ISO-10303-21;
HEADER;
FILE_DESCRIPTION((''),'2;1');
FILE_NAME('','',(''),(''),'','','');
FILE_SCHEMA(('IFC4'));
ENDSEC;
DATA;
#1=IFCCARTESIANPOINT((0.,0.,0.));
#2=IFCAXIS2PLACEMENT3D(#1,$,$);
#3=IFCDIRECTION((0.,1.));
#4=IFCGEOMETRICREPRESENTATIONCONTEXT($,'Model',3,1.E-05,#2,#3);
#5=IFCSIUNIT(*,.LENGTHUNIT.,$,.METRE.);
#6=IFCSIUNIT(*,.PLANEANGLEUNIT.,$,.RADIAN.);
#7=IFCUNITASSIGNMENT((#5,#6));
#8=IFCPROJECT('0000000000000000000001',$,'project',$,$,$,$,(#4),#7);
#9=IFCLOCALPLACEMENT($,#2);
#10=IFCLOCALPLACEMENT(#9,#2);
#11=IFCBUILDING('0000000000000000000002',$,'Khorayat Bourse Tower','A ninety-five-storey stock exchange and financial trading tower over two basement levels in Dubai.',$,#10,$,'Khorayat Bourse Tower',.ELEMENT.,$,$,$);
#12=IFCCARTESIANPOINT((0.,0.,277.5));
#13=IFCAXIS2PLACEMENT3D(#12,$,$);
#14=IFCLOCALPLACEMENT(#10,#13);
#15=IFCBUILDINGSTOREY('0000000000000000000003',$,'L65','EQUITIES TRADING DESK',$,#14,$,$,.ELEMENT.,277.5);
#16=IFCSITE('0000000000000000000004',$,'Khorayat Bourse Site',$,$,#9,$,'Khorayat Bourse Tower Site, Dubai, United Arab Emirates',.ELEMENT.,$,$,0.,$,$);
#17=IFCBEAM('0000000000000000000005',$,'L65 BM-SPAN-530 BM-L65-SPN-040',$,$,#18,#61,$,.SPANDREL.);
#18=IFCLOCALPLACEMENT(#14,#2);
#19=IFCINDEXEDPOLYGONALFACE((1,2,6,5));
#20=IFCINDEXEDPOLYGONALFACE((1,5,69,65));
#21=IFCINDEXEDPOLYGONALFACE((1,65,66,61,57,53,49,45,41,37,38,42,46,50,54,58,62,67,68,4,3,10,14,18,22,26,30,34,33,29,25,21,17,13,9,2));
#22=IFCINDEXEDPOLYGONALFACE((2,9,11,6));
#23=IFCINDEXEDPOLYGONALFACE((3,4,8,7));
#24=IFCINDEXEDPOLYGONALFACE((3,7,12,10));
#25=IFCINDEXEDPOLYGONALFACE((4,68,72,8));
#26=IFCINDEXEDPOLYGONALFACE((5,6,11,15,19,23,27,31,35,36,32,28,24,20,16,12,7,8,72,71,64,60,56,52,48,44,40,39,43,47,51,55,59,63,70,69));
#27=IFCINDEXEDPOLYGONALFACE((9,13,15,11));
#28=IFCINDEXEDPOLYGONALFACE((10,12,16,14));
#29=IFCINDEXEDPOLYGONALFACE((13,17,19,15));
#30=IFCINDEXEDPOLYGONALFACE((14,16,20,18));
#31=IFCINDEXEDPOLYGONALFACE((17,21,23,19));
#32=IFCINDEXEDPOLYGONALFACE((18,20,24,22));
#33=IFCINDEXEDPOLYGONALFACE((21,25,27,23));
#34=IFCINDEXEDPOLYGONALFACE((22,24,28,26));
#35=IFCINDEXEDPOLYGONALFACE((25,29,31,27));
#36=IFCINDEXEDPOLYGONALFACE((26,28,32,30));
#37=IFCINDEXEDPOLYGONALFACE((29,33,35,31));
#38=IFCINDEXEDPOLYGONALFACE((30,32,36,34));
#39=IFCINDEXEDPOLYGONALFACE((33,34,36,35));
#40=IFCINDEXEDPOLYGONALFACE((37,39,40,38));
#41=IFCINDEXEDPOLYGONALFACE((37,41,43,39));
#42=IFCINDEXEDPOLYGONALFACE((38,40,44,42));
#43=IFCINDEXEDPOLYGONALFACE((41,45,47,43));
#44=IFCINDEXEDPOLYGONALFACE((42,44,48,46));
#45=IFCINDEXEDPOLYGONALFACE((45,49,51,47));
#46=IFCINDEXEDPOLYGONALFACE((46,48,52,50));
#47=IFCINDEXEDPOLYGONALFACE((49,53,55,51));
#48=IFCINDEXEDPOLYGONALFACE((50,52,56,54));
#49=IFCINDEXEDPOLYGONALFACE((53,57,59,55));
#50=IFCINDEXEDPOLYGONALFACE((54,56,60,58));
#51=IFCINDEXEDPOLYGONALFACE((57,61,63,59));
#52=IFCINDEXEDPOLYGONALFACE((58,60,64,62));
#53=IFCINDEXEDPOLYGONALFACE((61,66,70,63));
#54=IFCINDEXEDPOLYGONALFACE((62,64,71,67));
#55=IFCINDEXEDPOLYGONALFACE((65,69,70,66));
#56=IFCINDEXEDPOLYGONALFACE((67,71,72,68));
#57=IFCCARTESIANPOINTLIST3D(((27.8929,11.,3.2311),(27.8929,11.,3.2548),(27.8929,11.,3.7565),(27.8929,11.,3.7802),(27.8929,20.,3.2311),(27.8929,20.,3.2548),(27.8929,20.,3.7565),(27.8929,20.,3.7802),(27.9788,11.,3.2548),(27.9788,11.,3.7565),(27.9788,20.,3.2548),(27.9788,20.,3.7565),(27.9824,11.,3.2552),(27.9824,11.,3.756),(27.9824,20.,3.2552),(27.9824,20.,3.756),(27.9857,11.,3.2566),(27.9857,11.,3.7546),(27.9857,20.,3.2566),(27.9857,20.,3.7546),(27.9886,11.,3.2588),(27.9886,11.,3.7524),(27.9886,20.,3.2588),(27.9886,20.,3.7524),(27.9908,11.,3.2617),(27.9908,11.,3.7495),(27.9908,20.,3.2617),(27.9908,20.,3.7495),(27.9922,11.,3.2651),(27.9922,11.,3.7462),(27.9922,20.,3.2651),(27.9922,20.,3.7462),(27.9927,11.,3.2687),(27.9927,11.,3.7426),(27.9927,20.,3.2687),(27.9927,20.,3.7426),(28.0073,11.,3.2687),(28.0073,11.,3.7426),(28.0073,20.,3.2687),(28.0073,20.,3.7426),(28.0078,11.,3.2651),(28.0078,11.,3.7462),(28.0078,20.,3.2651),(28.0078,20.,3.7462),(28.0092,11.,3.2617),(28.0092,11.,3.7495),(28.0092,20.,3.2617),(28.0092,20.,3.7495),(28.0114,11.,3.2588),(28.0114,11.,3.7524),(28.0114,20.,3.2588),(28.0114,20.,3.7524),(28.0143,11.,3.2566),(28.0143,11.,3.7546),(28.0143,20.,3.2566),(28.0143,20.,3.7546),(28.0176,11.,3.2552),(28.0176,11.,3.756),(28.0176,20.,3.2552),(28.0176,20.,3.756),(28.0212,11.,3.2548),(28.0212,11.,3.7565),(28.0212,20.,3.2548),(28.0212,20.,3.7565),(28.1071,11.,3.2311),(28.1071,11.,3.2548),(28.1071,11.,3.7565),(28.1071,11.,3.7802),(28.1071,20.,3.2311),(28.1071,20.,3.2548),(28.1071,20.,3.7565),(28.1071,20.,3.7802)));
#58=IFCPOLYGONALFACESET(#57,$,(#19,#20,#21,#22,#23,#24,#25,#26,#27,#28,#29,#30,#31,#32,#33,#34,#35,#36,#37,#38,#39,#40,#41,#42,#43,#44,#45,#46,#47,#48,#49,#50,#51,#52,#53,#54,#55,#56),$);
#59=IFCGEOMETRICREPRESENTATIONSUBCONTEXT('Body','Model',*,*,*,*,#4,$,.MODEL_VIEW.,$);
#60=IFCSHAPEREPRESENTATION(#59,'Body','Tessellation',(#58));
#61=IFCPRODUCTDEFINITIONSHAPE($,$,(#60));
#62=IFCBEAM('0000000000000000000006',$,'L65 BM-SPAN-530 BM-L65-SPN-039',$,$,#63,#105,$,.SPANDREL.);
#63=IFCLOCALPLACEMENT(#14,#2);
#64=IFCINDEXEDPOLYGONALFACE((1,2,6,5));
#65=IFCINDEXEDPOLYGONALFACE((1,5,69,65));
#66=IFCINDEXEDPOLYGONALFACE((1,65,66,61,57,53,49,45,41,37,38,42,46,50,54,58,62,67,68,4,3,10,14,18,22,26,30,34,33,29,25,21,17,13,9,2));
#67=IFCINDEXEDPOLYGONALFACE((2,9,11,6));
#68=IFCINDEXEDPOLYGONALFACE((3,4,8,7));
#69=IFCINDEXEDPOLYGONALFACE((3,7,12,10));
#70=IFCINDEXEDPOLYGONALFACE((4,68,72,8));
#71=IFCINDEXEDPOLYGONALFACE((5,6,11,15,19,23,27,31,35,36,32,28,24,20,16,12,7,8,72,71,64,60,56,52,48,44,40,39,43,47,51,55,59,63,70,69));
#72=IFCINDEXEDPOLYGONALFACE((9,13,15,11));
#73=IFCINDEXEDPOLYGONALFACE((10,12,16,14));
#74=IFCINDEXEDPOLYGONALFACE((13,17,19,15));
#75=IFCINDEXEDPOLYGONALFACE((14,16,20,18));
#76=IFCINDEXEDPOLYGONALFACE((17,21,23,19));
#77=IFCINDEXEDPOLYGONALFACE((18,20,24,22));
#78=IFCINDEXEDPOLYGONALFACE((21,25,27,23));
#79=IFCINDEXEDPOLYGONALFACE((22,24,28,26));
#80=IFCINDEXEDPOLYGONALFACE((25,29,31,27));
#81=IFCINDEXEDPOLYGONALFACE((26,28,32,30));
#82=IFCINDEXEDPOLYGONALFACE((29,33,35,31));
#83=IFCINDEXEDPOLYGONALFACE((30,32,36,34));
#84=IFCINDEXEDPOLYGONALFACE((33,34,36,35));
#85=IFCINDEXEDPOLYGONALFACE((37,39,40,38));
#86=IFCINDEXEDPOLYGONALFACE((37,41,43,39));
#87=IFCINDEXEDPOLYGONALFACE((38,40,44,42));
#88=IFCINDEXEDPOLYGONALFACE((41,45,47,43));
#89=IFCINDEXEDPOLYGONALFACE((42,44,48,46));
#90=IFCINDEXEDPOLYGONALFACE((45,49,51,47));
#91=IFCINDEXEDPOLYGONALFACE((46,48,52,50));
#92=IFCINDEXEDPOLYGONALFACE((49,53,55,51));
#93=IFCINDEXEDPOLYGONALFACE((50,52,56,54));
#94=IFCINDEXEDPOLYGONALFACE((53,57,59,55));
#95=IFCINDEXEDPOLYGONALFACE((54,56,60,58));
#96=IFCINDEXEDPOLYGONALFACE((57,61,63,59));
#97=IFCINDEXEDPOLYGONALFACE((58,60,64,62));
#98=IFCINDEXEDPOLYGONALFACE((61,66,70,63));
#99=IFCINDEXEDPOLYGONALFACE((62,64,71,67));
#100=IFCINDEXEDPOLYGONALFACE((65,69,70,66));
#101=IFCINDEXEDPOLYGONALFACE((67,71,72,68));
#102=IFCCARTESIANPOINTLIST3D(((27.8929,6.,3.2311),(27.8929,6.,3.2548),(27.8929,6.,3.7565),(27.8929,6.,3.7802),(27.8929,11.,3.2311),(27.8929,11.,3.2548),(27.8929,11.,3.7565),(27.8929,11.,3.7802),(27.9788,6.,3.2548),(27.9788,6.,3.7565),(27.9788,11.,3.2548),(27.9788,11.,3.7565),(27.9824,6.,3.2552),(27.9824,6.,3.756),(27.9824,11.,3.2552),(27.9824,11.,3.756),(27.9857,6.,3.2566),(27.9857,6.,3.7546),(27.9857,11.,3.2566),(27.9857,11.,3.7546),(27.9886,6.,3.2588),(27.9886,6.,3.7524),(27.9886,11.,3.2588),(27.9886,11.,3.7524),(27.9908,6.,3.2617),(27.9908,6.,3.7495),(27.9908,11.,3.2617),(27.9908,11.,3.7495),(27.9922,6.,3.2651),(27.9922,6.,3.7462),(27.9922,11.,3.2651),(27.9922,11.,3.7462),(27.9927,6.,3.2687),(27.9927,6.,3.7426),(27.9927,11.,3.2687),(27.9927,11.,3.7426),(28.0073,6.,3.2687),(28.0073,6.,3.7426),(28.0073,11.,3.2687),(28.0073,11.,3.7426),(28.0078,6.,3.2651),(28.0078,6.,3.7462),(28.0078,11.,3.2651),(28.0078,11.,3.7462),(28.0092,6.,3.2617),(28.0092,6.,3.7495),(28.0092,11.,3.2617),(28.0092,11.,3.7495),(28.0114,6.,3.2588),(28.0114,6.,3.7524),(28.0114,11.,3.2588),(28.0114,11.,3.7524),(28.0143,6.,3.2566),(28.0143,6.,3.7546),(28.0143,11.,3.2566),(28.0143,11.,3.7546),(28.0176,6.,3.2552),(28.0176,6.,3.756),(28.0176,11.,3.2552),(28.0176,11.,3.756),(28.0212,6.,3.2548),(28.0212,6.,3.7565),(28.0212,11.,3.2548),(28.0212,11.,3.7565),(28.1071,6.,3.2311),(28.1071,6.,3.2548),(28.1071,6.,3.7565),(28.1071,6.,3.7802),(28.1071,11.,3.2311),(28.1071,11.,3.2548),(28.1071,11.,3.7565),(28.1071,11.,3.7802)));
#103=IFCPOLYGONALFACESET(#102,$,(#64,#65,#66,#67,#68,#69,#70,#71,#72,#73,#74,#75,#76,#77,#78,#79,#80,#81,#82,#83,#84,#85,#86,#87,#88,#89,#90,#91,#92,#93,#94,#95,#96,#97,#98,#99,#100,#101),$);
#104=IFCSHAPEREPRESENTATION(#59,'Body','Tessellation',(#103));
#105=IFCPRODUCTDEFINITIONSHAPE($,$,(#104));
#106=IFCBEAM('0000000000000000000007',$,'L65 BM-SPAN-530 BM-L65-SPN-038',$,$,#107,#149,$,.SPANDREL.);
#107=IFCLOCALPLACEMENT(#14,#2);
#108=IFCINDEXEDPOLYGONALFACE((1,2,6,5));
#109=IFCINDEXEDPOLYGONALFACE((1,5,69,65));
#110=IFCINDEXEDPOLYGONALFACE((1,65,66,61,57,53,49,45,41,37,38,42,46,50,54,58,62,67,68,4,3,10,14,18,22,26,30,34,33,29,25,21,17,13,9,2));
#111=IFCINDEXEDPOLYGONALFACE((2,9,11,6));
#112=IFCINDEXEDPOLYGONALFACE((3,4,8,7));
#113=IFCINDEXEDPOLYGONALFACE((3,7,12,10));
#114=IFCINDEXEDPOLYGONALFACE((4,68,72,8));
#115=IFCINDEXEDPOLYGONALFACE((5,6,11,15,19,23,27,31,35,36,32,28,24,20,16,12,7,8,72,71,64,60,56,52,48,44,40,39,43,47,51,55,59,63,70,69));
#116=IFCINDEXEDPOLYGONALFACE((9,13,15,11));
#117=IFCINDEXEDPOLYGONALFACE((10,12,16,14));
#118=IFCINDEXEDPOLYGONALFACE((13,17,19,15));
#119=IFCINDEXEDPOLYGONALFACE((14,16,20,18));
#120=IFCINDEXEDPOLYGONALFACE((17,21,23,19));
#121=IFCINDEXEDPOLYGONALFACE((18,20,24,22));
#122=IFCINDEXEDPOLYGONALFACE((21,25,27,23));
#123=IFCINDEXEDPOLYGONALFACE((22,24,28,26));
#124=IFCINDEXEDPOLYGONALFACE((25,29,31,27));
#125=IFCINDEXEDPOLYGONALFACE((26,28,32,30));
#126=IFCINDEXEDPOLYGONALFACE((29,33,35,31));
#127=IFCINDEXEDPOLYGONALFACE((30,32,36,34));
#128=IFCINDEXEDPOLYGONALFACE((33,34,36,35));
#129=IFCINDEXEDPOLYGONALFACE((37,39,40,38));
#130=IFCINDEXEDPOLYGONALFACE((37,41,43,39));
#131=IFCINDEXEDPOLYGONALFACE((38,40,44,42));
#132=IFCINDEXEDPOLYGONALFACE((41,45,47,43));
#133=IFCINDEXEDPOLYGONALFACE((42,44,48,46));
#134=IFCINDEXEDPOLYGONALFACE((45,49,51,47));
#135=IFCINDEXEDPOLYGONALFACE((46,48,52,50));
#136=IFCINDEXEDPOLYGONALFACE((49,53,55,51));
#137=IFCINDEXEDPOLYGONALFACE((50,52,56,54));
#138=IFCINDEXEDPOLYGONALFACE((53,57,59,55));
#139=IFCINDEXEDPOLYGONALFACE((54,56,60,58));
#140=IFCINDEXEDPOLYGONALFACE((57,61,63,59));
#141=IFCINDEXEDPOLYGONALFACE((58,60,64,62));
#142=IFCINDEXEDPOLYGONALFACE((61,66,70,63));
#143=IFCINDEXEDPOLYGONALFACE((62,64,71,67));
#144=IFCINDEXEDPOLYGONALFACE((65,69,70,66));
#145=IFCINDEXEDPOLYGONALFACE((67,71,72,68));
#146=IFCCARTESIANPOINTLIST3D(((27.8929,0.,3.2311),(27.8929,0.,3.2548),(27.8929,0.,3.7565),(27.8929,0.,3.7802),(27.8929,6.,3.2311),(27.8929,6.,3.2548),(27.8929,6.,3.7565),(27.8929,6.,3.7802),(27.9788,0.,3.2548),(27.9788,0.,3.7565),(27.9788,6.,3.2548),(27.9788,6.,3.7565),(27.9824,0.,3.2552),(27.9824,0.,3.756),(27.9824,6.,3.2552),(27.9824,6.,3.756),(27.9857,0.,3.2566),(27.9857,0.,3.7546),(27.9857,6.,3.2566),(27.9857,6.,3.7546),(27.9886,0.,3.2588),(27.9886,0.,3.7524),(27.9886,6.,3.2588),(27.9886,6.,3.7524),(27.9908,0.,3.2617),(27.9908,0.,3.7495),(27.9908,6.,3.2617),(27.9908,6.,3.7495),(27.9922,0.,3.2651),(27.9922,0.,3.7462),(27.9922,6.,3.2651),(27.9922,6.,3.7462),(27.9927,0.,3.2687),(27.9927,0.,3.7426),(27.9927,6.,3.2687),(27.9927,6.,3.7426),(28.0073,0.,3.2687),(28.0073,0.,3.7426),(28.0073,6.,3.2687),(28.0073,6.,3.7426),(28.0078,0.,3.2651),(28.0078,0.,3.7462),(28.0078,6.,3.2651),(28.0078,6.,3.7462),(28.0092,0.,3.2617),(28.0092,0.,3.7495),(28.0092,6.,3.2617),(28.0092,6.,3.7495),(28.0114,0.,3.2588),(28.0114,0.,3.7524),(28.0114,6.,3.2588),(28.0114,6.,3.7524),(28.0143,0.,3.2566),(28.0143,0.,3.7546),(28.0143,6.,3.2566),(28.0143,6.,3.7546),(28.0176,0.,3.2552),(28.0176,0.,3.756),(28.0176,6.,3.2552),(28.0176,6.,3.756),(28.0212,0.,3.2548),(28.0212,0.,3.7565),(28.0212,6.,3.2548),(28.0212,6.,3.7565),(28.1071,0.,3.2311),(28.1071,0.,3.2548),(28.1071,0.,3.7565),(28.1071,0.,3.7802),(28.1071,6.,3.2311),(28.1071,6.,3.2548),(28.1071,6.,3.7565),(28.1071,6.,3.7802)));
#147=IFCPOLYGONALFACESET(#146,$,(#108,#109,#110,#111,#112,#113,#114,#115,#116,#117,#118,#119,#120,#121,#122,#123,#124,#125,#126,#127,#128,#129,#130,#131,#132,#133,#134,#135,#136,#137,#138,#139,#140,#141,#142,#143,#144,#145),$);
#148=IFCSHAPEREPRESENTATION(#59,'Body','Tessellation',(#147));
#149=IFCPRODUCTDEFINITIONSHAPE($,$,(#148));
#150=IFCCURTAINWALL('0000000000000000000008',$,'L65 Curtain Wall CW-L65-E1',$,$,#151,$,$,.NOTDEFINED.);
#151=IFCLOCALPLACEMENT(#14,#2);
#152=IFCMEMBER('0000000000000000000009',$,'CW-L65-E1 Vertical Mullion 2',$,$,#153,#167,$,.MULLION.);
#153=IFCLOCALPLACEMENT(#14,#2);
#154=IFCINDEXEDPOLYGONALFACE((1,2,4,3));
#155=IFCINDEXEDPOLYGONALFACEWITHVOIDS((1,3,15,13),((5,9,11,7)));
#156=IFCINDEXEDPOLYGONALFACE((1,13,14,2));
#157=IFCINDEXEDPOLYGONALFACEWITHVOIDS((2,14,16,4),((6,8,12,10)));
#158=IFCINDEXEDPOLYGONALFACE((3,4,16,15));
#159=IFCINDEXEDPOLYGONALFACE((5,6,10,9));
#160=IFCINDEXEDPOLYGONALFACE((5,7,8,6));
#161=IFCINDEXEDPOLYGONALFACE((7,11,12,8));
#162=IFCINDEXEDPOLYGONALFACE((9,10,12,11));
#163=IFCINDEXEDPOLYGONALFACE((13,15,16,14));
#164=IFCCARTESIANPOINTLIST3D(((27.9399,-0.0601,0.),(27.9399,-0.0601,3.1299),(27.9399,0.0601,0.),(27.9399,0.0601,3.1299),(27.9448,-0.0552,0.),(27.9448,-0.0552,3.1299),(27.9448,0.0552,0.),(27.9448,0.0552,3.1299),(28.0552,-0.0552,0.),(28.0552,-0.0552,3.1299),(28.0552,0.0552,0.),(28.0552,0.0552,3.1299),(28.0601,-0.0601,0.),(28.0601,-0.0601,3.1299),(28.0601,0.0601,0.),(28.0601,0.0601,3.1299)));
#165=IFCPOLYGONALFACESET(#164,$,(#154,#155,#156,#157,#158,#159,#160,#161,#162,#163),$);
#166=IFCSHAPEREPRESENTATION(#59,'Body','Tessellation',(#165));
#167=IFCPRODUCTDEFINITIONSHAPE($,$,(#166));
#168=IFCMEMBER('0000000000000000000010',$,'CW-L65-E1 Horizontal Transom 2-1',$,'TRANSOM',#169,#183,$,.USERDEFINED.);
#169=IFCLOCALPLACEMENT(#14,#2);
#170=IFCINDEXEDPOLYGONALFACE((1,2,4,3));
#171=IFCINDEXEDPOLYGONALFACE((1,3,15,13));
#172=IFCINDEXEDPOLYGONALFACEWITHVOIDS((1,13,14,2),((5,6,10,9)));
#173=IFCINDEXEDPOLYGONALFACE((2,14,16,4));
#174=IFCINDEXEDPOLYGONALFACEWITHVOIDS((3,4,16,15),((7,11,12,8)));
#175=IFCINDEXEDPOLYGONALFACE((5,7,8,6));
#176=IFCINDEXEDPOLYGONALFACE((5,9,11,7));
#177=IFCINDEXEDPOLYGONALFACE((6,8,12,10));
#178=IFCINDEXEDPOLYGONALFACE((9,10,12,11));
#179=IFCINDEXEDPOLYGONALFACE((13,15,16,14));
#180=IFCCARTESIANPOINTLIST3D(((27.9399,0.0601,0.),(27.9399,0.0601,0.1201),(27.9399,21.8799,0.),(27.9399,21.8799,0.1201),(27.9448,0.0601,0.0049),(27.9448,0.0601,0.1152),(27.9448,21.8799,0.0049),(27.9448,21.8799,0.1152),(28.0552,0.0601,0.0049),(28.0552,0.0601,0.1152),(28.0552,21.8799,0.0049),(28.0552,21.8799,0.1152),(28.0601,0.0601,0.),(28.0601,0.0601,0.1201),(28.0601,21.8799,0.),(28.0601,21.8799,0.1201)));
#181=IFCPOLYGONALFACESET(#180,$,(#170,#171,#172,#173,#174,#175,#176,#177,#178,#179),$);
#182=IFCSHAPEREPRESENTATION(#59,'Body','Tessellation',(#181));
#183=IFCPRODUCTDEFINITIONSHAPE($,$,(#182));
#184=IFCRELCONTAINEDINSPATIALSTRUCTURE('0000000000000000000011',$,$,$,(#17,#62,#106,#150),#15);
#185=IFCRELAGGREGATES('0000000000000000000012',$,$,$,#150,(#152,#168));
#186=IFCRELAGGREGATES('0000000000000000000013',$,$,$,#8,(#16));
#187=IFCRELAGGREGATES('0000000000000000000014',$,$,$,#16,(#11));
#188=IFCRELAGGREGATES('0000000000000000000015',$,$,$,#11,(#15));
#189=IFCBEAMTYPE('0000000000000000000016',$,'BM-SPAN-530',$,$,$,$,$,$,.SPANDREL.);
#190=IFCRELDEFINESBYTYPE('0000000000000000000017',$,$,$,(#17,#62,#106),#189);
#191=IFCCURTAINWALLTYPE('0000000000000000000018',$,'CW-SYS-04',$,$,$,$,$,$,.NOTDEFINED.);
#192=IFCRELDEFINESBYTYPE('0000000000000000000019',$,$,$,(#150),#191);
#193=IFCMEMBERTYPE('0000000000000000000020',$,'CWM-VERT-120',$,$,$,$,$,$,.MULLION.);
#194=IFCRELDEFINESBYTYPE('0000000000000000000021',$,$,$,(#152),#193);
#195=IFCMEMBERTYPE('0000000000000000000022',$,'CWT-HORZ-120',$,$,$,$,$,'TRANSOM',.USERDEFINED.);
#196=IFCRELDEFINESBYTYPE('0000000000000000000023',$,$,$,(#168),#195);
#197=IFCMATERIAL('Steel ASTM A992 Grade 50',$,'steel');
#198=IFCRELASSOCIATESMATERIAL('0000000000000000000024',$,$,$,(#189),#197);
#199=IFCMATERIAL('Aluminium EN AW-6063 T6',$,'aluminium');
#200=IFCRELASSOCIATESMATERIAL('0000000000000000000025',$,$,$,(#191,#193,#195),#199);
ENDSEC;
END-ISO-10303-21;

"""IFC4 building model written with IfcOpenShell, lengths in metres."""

from ifc_helpers import new_model, si_unit, direction, frame, origin, origin_2d, place, context, subcontext, project, spatial, hollow_rectangle, i_section, extrude, source, transform, mapped, material, material_profile, profile_set, type_object, element, aggregate, save


model = new_model("IFC4")

# Units and contexts
model_context = context("Model", 3, precision=1e-05, world=origin(), true_north=direction((0.0, 1.0)))
body_context = subcontext(model_context, "Body", "Model", "MODEL_VIEW")
ifc_project = project(units=[si_unit("LENGTHUNIT", "METRE"), si_unit("PLANEANGLEUNIT", "RADIAN")], contexts=[model_context])

# Site, building, storey
site_placement = place(None, origin())
site = spatial("IfcSite", under=ifc_project, at=site_placement, Name="Khorayat Bourse Site", LongName="Khorayat Bourse Tower Site, Dubai, United Arab Emirates", CompositionType="ELEMENT", RefElevation=0.0)
building_placement = place(site_placement, origin())
building = spatial("IfcBuilding", under=site, at=building_placement, Name="Khorayat Bourse Tower", Description="A ninety-five-storey stock exchange and financial trading tower over two basement levels in Dubai.", LongName="Khorayat Bourse Tower", CompositionType="ELEMENT")
storey_placement = place(building_placement, frame((0.0, 0.0, 277.5)))
storey = spatial("IfcBuildingStorey", under=building, at=storey_placement, Name="L65", Description="EQUITIES TRADING DESK", CompositionType="ELEMENT", Elevation=277.5)

# Shared definitions
ifc_material_1 = material(Name="Steel ASTM A992 Grade 50", Category="steel")

# Beams
ifc_material_profile_1 = material_profile(ifc_material_1, i_section(OverallWidth=0.2141, OverallDepth=0.5491, WebThickness=0.0146, FlangeThickness=0.0237, FilletRadius=0.0139, at=origin_2d()), Name="W530X138")
ifc_profile_set_1 = profile_set([ifc_material_profile_1], Name="Steel ASTM A992 Grade 50")
beam_type_1 = type_object("IfcBeamType", Name="BM-SPAN-530", PredefinedType="SPANDREL", material=ifc_profile_set_1)
shared_shape_1 = source(origin(), body_context, "Body", "SweptSolid", [
    extrude(i_section(OverallWidth=0.2141, OverallDepth=0.5491, WebThickness=0.0146, FlangeThickness=0.0237, FilletRadius=0.0139, at=origin_2d()), origin(), (0.0, 0.0, 1.0), 9.0),
])
beam_1_placement = place(storey_placement, frame((28.0, 11.0, 3.5056), z_axis=(0.0, 1.0, 0.0), x_axis=(-1.0, 0.0, 0.0)))
element("IfcBeam", 1, at=beam_1_placement, inside=storey, type_object=beam_type_1, Name="L65 BM-SPAN-530 BM-L65-SPN-040", PredefinedType="SPANDREL", context=body_context, shape_type="MappedRepresentation", body=[
    mapped(shared_shape_1, transform((0.0, 0.0, 0.0), scale=1.0)),
])
shared_shape_2 = source(origin(), body_context, "Body", "SweptSolid", [
    extrude(i_section(OverallWidth=0.2141, OverallDepth=0.5491, WebThickness=0.0146, FlangeThickness=0.0237, FilletRadius=0.0139, at=origin_2d()), origin(), (0.0, 0.0, 1.0), 5.0),
])
beam_2_placement = place(storey_placement, frame((28.0, 6.0, 3.5056), z_axis=(0.0, 1.0, 0.0), x_axis=(-1.0, 0.0, 0.0)))
element("IfcBeam", 2, at=beam_2_placement, inside=storey, type_object=beam_type_1, Name="L65 BM-SPAN-530 BM-L65-SPN-039", PredefinedType="SPANDREL", context=body_context, shape_type="MappedRepresentation", body=[
    mapped(shared_shape_2, transform((0.0, 0.0, 0.0), scale=1.0)),
])
shared_shape_3 = source(origin(), body_context, "Body", "SweptSolid", [
    extrude(i_section(OverallWidth=0.2141, OverallDepth=0.5491, WebThickness=0.0146, FlangeThickness=0.0237, FilletRadius=0.0139, at=origin_2d()), origin(), (0.0, 0.0, 1.0), 6.0),
])
beam_3_placement = place(storey_placement, frame((28.0, 0.0, 3.5056), z_axis=(0.0, 1.0, 0.0), x_axis=(-1.0, 0.0, 0.0)))
element("IfcBeam", 3, at=beam_3_placement, inside=storey, type_object=beam_type_1, Name="L65 BM-SPAN-530 BM-L65-SPN-038", PredefinedType="SPANDREL", context=body_context, shape_type="MappedRepresentation", body=[
    mapped(shared_shape_3, transform((0.0, 0.0, 0.0), scale=1.0)),
])

# Curtain wall, members
ifc_material_2 = material(Name="Aluminium EN AW-6063 T6", Category="aluminium")
curtain_wall_type = type_object("IfcCurtainWallType", Name="CW-SYS-04", PredefinedType="NOTDEFINED", material=ifc_material_2)
curtain_wall_placement = place(storey_placement, origin())
curtain_wall = element("IfcCurtainWall", 4, at=curtain_wall_placement, inside=storey, type_object=curtain_wall_type, Name="L65 Curtain Wall CW-L65-E1", PredefinedType="NOTDEFINED")
ifc_material_profile_2 = material_profile(ifc_material_2, hollow_rectangle(XDim=0.1201, YDim=0.1201, WallThickness=0.0049, at=origin_2d()), Name="ALU 120x120x5")
ifc_profile_set_2 = profile_set([ifc_material_profile_2], Name="Aluminium EN AW-6063 T6")
member_type_1 = type_object("IfcMemberType", Name="CWM-VERT-120", PredefinedType="MULLION", material=ifc_profile_set_2)
shared_shape_4 = source(origin(), body_context, "Body", "SweptSolid", [
    extrude(hollow_rectangle(XDim=0.1201, YDim=0.1201, WallThickness=0.0049, at=origin_2d()), origin(), (0.0, 0.0, 1.0), 3.1299),
])
member_1_placement = place(storey_placement, frame((28.0, 0.0, 0.0), z_axis=(0.0, 0.0, 1.0), x_axis=(-1.0, 0.0, 0.0)))
member_1 = element("IfcMember", 5, at=member_1_placement, type_object=member_type_1, Name="CW-L65-E1 Vertical Mullion 2", PredefinedType="MULLION", context=body_context, shape_type="MappedRepresentation", body=[
    mapped(shared_shape_4, transform((0.0, 0.0, 0.0), scale=1.0)),
])
ifc_material_profile_3 = material_profile(ifc_material_2, hollow_rectangle(XDim=0.1201, YDim=0.1201, WallThickness=0.0049, at=origin_2d()), Name="ALU 120x120x5")
ifc_profile_set_3 = profile_set([ifc_material_profile_3], Name="Aluminium EN AW-6063 T6")
member_type_2 = type_object("IfcMemberType", Name="CWT-HORZ-120", ElementType="TRANSOM", PredefinedType="USERDEFINED", material=ifc_profile_set_3)
shared_shape_5 = source(origin(), body_context, "Body", "SweptSolid", [
    extrude(hollow_rectangle(XDim=0.1201, YDim=0.1201, WallThickness=0.0049, at=origin_2d()), origin(), (0.0, 0.0, 1.0), 21.8198),
])
member_2_placement = place(storey_placement, frame((28.0, 0.0601, 0.0601), z_axis=(0.0, 1.0, 0.0), x_axis=(-1.0, 0.0, 0.0)))
member_2 = element("IfcMember", 6, at=member_2_placement, type_object=member_type_2, Name="CW-L65-E1 Horizontal Transom 2-1", ObjectType="TRANSOM", PredefinedType="USERDEFINED", context=body_context, shape_type="MappedRepresentation", body=[
    mapped(shared_shape_5, transform((0.0, 0.0, 0.0), scale=1.0)),
])

aggregate(curtain_wall, [member_1, member_2])

save(model, "model.ifc")
